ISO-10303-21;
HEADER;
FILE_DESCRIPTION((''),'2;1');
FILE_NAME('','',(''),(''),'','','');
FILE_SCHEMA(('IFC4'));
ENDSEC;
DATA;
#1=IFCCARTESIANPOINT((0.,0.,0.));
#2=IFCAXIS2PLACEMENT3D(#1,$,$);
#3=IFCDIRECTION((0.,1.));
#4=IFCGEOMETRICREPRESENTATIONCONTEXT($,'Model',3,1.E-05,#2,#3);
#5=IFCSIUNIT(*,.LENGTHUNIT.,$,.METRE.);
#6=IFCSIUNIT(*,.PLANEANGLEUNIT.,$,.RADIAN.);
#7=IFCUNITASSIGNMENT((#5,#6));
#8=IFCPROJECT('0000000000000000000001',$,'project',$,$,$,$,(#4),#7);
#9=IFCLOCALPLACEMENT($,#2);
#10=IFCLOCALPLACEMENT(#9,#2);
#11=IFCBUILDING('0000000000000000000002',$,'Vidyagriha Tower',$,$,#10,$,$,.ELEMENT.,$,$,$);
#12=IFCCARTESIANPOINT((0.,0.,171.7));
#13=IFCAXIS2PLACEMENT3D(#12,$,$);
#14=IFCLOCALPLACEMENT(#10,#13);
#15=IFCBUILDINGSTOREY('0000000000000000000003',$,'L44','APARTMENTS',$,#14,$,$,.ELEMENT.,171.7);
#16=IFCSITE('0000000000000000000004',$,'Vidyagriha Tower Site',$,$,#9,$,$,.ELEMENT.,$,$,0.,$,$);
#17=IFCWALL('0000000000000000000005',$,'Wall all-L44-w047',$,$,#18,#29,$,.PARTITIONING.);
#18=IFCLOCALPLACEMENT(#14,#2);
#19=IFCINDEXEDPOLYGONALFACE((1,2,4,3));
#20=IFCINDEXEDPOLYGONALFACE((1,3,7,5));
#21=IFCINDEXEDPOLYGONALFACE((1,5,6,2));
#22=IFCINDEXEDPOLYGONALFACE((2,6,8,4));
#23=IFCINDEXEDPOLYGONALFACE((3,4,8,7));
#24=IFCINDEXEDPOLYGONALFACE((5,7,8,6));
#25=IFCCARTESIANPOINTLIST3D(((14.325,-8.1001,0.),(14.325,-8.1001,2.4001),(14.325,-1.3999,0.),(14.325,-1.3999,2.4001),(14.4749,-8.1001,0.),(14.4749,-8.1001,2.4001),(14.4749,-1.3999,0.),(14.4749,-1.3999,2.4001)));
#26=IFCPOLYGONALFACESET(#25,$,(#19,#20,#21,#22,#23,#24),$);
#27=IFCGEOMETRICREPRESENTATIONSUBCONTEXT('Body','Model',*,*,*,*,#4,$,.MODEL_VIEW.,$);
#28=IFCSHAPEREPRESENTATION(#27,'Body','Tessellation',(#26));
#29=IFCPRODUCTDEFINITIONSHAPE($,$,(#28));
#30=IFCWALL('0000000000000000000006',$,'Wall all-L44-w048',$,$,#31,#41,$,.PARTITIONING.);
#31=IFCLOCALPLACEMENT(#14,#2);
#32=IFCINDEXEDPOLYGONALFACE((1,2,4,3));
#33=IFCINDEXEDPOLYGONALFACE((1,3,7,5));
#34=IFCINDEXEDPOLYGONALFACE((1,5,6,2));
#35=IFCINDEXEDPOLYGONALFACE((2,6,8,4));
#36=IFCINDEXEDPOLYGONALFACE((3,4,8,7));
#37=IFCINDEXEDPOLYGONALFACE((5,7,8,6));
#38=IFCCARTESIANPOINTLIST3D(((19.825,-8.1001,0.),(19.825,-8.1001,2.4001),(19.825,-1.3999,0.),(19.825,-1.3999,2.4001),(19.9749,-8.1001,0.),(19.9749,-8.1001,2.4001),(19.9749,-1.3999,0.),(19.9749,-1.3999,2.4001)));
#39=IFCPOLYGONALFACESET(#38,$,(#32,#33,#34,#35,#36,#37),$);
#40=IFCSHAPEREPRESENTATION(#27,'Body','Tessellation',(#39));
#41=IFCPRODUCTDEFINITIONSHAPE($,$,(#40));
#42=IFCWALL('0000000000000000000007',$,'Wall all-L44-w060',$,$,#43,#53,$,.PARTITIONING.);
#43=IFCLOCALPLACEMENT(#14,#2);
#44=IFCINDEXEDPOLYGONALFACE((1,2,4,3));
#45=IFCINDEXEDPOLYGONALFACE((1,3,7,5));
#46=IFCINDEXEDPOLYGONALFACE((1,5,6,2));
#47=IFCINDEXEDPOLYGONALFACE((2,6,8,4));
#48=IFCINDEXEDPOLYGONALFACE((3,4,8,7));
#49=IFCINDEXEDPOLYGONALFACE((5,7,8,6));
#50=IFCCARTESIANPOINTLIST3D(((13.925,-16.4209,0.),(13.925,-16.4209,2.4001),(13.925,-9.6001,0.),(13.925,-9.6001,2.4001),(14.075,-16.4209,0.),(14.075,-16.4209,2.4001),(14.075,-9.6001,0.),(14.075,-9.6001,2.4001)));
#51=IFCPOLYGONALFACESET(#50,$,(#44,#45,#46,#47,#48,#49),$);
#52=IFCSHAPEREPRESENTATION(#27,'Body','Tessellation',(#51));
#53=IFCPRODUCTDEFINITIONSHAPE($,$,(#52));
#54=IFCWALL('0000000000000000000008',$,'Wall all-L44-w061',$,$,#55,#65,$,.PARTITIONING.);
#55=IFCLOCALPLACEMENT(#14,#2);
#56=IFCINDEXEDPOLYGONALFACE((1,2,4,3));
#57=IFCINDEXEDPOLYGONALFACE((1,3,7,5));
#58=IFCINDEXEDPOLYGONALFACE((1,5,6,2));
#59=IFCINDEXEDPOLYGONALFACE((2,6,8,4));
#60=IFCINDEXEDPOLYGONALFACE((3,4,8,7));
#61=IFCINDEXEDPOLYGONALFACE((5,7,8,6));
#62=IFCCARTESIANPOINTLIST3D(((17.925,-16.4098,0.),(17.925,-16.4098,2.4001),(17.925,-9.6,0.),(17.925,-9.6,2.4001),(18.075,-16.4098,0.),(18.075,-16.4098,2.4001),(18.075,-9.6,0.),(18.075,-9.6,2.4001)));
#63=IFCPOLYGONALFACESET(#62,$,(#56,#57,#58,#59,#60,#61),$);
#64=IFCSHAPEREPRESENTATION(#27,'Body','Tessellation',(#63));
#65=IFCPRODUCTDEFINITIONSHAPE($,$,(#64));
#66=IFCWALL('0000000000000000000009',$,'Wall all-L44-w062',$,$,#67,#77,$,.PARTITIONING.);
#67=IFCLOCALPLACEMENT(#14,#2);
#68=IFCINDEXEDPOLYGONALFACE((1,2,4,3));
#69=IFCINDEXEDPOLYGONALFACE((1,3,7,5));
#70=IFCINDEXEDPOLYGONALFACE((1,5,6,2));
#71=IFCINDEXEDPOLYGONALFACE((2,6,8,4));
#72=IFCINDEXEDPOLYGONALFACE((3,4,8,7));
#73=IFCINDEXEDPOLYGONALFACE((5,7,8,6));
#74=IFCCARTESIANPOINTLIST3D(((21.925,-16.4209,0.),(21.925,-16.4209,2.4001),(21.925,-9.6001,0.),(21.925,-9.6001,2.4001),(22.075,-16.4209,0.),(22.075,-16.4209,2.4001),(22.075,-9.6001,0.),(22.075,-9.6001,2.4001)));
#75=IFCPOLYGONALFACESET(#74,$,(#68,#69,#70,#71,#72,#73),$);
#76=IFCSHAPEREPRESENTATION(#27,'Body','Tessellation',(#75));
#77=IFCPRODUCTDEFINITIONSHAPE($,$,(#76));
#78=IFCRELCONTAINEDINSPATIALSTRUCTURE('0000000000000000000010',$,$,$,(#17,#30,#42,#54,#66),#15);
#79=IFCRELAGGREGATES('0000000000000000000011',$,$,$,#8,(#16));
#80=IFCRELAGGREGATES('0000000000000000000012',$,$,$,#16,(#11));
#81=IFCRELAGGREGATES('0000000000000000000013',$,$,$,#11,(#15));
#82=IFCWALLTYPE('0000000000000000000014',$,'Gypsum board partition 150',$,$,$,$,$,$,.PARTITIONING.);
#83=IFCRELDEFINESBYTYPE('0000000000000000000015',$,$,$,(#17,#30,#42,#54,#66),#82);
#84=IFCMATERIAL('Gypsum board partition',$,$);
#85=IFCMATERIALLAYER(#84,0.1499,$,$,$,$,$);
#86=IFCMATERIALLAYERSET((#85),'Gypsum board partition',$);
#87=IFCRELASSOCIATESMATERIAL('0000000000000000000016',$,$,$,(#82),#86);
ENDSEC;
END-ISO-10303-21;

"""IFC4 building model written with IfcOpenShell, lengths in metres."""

from ifc_helpers import new_model, si_unit, direction, frame, frame_2d, origin, place, context, subcontext, project, spatial, rectangle, extrude, material, layer, layer_set, type_object, element, save


model = new_model("IFC4")

# Units and contexts
model_context = context("Model", 3, precision=1e-05, world=origin(), true_north=direction((0.0, 1.0)))
body_context = subcontext(model_context, "Body", "Model", "MODEL_VIEW")
ifc_project = project(units=[si_unit("LENGTHUNIT", "METRE"), si_unit("PLANEANGLEUNIT", "RADIAN")], contexts=[model_context])

# Site, building, storey
site_placement = place(None, origin())
site = spatial("IfcSite", under=ifc_project, at=site_placement, Name="Vidyagriha Tower Site", CompositionType="ELEMENT", RefElevation=0.0)
building_placement = place(site_placement, origin())
building = spatial("IfcBuilding", under=site, at=building_placement, Name="Vidyagriha Tower", CompositionType="ELEMENT")
storey_placement = place(building_placement, frame((0.0, 0.0, 171.7)))
storey = spatial("IfcBuildingStorey", under=building, at=storey_placement, Name="L44", Description="APARTMENTS", CompositionType="ELEMENT", Elevation=171.7)

# Walls
ifc_material_1 = material(Name="Gypsum board partition")
ifc_layer_1 = layer(ifc_material_1, 0.1499)
ifc_layer_set_1 = layer_set([ifc_layer_1], Name="Gypsum board partition")
wall_type_1 = type_object("IfcWallType", Name="Gypsum board partition 150", PredefinedType="PARTITIONING", material=ifc_layer_set_1)
for number, where, z_axis, x_axis, name in (
    (1, (14.3999, -1.3999, 0.0), (0.0, 0.0, 1.0), (0.0, -1.0, 0.0), "Wall all-L44-w047"),
    (2, (19.8999, -1.3999, 0.0), (0.0, 0.0, 1.0), (0.0, -1.0, 0.0), "Wall all-L44-w048"),
):
    element("IfcWall", number, at=place(storey_placement, frame(where, z_axis=z_axis, x_axis=x_axis)), inside=storey, type_object=wall_type_1, Name=name, PredefinedType="PARTITIONING", context=body_context, shape_type="SweptSolid", body=[
        extrude(rectangle(XDim=6.7002, YDim=0.1499, at=frame_2d((3.3501, 0.0))), origin(), (0.0, 0.0, 1.0), 2.4001),
    ])
wall_1_placement = place(storey_placement, frame((14.0, -9.6001, 0.0), z_axis=(0.0, 0.0, 1.0), x_axis=(0.0, -1.0, 0.0)))
element("IfcWall", 3, at=wall_1_placement, inside=storey, type_object=wall_type_1, Name="Wall all-L44-w060", PredefinedType="PARTITIONING", context=body_context, shape_type="SweptSolid", body=[
    extrude(rectangle(XDim=6.8208, YDim=0.1499, at=frame_2d((3.4104, 0.0))), origin(), (0.0, 0.0, 1.0), 2.4001),
])
wall_2_placement = place(storey_placement, frame((18.0, -9.6001, 0.0), z_axis=(0.0, 0.0, 1.0), x_axis=(0.0, -1.0, 0.0)))
element("IfcWall", 4, at=wall_2_placement, inside=storey, type_object=wall_type_1, Name="Wall all-L44-w061", PredefinedType="PARTITIONING", context=body_context, shape_type="SweptSolid", body=[
    extrude(rectangle(XDim=6.8098, YDim=0.1499, at=frame_2d((3.4048, 0.0))), origin(), (0.0, 0.0, 1.0), 2.4001),
])
wall_3_placement = place(storey_placement, frame((22.0, -9.6001, 0.0), z_axis=(0.0, 0.0, 1.0), x_axis=(0.0, -1.0, 0.0)))
element("IfcWall", 5, at=wall_3_placement, inside=storey, type_object=wall_type_1, Name="Wall all-L44-w062", PredefinedType="PARTITIONING", context=body_context, shape_type="SweptSolid", body=[
    extrude(rectangle(XDim=6.8208, YDim=0.1499, at=frame_2d((3.4104, 0.0))), origin(), (0.0, 0.0, 1.0), 2.4001),
])

save(model, "model.ifc")
